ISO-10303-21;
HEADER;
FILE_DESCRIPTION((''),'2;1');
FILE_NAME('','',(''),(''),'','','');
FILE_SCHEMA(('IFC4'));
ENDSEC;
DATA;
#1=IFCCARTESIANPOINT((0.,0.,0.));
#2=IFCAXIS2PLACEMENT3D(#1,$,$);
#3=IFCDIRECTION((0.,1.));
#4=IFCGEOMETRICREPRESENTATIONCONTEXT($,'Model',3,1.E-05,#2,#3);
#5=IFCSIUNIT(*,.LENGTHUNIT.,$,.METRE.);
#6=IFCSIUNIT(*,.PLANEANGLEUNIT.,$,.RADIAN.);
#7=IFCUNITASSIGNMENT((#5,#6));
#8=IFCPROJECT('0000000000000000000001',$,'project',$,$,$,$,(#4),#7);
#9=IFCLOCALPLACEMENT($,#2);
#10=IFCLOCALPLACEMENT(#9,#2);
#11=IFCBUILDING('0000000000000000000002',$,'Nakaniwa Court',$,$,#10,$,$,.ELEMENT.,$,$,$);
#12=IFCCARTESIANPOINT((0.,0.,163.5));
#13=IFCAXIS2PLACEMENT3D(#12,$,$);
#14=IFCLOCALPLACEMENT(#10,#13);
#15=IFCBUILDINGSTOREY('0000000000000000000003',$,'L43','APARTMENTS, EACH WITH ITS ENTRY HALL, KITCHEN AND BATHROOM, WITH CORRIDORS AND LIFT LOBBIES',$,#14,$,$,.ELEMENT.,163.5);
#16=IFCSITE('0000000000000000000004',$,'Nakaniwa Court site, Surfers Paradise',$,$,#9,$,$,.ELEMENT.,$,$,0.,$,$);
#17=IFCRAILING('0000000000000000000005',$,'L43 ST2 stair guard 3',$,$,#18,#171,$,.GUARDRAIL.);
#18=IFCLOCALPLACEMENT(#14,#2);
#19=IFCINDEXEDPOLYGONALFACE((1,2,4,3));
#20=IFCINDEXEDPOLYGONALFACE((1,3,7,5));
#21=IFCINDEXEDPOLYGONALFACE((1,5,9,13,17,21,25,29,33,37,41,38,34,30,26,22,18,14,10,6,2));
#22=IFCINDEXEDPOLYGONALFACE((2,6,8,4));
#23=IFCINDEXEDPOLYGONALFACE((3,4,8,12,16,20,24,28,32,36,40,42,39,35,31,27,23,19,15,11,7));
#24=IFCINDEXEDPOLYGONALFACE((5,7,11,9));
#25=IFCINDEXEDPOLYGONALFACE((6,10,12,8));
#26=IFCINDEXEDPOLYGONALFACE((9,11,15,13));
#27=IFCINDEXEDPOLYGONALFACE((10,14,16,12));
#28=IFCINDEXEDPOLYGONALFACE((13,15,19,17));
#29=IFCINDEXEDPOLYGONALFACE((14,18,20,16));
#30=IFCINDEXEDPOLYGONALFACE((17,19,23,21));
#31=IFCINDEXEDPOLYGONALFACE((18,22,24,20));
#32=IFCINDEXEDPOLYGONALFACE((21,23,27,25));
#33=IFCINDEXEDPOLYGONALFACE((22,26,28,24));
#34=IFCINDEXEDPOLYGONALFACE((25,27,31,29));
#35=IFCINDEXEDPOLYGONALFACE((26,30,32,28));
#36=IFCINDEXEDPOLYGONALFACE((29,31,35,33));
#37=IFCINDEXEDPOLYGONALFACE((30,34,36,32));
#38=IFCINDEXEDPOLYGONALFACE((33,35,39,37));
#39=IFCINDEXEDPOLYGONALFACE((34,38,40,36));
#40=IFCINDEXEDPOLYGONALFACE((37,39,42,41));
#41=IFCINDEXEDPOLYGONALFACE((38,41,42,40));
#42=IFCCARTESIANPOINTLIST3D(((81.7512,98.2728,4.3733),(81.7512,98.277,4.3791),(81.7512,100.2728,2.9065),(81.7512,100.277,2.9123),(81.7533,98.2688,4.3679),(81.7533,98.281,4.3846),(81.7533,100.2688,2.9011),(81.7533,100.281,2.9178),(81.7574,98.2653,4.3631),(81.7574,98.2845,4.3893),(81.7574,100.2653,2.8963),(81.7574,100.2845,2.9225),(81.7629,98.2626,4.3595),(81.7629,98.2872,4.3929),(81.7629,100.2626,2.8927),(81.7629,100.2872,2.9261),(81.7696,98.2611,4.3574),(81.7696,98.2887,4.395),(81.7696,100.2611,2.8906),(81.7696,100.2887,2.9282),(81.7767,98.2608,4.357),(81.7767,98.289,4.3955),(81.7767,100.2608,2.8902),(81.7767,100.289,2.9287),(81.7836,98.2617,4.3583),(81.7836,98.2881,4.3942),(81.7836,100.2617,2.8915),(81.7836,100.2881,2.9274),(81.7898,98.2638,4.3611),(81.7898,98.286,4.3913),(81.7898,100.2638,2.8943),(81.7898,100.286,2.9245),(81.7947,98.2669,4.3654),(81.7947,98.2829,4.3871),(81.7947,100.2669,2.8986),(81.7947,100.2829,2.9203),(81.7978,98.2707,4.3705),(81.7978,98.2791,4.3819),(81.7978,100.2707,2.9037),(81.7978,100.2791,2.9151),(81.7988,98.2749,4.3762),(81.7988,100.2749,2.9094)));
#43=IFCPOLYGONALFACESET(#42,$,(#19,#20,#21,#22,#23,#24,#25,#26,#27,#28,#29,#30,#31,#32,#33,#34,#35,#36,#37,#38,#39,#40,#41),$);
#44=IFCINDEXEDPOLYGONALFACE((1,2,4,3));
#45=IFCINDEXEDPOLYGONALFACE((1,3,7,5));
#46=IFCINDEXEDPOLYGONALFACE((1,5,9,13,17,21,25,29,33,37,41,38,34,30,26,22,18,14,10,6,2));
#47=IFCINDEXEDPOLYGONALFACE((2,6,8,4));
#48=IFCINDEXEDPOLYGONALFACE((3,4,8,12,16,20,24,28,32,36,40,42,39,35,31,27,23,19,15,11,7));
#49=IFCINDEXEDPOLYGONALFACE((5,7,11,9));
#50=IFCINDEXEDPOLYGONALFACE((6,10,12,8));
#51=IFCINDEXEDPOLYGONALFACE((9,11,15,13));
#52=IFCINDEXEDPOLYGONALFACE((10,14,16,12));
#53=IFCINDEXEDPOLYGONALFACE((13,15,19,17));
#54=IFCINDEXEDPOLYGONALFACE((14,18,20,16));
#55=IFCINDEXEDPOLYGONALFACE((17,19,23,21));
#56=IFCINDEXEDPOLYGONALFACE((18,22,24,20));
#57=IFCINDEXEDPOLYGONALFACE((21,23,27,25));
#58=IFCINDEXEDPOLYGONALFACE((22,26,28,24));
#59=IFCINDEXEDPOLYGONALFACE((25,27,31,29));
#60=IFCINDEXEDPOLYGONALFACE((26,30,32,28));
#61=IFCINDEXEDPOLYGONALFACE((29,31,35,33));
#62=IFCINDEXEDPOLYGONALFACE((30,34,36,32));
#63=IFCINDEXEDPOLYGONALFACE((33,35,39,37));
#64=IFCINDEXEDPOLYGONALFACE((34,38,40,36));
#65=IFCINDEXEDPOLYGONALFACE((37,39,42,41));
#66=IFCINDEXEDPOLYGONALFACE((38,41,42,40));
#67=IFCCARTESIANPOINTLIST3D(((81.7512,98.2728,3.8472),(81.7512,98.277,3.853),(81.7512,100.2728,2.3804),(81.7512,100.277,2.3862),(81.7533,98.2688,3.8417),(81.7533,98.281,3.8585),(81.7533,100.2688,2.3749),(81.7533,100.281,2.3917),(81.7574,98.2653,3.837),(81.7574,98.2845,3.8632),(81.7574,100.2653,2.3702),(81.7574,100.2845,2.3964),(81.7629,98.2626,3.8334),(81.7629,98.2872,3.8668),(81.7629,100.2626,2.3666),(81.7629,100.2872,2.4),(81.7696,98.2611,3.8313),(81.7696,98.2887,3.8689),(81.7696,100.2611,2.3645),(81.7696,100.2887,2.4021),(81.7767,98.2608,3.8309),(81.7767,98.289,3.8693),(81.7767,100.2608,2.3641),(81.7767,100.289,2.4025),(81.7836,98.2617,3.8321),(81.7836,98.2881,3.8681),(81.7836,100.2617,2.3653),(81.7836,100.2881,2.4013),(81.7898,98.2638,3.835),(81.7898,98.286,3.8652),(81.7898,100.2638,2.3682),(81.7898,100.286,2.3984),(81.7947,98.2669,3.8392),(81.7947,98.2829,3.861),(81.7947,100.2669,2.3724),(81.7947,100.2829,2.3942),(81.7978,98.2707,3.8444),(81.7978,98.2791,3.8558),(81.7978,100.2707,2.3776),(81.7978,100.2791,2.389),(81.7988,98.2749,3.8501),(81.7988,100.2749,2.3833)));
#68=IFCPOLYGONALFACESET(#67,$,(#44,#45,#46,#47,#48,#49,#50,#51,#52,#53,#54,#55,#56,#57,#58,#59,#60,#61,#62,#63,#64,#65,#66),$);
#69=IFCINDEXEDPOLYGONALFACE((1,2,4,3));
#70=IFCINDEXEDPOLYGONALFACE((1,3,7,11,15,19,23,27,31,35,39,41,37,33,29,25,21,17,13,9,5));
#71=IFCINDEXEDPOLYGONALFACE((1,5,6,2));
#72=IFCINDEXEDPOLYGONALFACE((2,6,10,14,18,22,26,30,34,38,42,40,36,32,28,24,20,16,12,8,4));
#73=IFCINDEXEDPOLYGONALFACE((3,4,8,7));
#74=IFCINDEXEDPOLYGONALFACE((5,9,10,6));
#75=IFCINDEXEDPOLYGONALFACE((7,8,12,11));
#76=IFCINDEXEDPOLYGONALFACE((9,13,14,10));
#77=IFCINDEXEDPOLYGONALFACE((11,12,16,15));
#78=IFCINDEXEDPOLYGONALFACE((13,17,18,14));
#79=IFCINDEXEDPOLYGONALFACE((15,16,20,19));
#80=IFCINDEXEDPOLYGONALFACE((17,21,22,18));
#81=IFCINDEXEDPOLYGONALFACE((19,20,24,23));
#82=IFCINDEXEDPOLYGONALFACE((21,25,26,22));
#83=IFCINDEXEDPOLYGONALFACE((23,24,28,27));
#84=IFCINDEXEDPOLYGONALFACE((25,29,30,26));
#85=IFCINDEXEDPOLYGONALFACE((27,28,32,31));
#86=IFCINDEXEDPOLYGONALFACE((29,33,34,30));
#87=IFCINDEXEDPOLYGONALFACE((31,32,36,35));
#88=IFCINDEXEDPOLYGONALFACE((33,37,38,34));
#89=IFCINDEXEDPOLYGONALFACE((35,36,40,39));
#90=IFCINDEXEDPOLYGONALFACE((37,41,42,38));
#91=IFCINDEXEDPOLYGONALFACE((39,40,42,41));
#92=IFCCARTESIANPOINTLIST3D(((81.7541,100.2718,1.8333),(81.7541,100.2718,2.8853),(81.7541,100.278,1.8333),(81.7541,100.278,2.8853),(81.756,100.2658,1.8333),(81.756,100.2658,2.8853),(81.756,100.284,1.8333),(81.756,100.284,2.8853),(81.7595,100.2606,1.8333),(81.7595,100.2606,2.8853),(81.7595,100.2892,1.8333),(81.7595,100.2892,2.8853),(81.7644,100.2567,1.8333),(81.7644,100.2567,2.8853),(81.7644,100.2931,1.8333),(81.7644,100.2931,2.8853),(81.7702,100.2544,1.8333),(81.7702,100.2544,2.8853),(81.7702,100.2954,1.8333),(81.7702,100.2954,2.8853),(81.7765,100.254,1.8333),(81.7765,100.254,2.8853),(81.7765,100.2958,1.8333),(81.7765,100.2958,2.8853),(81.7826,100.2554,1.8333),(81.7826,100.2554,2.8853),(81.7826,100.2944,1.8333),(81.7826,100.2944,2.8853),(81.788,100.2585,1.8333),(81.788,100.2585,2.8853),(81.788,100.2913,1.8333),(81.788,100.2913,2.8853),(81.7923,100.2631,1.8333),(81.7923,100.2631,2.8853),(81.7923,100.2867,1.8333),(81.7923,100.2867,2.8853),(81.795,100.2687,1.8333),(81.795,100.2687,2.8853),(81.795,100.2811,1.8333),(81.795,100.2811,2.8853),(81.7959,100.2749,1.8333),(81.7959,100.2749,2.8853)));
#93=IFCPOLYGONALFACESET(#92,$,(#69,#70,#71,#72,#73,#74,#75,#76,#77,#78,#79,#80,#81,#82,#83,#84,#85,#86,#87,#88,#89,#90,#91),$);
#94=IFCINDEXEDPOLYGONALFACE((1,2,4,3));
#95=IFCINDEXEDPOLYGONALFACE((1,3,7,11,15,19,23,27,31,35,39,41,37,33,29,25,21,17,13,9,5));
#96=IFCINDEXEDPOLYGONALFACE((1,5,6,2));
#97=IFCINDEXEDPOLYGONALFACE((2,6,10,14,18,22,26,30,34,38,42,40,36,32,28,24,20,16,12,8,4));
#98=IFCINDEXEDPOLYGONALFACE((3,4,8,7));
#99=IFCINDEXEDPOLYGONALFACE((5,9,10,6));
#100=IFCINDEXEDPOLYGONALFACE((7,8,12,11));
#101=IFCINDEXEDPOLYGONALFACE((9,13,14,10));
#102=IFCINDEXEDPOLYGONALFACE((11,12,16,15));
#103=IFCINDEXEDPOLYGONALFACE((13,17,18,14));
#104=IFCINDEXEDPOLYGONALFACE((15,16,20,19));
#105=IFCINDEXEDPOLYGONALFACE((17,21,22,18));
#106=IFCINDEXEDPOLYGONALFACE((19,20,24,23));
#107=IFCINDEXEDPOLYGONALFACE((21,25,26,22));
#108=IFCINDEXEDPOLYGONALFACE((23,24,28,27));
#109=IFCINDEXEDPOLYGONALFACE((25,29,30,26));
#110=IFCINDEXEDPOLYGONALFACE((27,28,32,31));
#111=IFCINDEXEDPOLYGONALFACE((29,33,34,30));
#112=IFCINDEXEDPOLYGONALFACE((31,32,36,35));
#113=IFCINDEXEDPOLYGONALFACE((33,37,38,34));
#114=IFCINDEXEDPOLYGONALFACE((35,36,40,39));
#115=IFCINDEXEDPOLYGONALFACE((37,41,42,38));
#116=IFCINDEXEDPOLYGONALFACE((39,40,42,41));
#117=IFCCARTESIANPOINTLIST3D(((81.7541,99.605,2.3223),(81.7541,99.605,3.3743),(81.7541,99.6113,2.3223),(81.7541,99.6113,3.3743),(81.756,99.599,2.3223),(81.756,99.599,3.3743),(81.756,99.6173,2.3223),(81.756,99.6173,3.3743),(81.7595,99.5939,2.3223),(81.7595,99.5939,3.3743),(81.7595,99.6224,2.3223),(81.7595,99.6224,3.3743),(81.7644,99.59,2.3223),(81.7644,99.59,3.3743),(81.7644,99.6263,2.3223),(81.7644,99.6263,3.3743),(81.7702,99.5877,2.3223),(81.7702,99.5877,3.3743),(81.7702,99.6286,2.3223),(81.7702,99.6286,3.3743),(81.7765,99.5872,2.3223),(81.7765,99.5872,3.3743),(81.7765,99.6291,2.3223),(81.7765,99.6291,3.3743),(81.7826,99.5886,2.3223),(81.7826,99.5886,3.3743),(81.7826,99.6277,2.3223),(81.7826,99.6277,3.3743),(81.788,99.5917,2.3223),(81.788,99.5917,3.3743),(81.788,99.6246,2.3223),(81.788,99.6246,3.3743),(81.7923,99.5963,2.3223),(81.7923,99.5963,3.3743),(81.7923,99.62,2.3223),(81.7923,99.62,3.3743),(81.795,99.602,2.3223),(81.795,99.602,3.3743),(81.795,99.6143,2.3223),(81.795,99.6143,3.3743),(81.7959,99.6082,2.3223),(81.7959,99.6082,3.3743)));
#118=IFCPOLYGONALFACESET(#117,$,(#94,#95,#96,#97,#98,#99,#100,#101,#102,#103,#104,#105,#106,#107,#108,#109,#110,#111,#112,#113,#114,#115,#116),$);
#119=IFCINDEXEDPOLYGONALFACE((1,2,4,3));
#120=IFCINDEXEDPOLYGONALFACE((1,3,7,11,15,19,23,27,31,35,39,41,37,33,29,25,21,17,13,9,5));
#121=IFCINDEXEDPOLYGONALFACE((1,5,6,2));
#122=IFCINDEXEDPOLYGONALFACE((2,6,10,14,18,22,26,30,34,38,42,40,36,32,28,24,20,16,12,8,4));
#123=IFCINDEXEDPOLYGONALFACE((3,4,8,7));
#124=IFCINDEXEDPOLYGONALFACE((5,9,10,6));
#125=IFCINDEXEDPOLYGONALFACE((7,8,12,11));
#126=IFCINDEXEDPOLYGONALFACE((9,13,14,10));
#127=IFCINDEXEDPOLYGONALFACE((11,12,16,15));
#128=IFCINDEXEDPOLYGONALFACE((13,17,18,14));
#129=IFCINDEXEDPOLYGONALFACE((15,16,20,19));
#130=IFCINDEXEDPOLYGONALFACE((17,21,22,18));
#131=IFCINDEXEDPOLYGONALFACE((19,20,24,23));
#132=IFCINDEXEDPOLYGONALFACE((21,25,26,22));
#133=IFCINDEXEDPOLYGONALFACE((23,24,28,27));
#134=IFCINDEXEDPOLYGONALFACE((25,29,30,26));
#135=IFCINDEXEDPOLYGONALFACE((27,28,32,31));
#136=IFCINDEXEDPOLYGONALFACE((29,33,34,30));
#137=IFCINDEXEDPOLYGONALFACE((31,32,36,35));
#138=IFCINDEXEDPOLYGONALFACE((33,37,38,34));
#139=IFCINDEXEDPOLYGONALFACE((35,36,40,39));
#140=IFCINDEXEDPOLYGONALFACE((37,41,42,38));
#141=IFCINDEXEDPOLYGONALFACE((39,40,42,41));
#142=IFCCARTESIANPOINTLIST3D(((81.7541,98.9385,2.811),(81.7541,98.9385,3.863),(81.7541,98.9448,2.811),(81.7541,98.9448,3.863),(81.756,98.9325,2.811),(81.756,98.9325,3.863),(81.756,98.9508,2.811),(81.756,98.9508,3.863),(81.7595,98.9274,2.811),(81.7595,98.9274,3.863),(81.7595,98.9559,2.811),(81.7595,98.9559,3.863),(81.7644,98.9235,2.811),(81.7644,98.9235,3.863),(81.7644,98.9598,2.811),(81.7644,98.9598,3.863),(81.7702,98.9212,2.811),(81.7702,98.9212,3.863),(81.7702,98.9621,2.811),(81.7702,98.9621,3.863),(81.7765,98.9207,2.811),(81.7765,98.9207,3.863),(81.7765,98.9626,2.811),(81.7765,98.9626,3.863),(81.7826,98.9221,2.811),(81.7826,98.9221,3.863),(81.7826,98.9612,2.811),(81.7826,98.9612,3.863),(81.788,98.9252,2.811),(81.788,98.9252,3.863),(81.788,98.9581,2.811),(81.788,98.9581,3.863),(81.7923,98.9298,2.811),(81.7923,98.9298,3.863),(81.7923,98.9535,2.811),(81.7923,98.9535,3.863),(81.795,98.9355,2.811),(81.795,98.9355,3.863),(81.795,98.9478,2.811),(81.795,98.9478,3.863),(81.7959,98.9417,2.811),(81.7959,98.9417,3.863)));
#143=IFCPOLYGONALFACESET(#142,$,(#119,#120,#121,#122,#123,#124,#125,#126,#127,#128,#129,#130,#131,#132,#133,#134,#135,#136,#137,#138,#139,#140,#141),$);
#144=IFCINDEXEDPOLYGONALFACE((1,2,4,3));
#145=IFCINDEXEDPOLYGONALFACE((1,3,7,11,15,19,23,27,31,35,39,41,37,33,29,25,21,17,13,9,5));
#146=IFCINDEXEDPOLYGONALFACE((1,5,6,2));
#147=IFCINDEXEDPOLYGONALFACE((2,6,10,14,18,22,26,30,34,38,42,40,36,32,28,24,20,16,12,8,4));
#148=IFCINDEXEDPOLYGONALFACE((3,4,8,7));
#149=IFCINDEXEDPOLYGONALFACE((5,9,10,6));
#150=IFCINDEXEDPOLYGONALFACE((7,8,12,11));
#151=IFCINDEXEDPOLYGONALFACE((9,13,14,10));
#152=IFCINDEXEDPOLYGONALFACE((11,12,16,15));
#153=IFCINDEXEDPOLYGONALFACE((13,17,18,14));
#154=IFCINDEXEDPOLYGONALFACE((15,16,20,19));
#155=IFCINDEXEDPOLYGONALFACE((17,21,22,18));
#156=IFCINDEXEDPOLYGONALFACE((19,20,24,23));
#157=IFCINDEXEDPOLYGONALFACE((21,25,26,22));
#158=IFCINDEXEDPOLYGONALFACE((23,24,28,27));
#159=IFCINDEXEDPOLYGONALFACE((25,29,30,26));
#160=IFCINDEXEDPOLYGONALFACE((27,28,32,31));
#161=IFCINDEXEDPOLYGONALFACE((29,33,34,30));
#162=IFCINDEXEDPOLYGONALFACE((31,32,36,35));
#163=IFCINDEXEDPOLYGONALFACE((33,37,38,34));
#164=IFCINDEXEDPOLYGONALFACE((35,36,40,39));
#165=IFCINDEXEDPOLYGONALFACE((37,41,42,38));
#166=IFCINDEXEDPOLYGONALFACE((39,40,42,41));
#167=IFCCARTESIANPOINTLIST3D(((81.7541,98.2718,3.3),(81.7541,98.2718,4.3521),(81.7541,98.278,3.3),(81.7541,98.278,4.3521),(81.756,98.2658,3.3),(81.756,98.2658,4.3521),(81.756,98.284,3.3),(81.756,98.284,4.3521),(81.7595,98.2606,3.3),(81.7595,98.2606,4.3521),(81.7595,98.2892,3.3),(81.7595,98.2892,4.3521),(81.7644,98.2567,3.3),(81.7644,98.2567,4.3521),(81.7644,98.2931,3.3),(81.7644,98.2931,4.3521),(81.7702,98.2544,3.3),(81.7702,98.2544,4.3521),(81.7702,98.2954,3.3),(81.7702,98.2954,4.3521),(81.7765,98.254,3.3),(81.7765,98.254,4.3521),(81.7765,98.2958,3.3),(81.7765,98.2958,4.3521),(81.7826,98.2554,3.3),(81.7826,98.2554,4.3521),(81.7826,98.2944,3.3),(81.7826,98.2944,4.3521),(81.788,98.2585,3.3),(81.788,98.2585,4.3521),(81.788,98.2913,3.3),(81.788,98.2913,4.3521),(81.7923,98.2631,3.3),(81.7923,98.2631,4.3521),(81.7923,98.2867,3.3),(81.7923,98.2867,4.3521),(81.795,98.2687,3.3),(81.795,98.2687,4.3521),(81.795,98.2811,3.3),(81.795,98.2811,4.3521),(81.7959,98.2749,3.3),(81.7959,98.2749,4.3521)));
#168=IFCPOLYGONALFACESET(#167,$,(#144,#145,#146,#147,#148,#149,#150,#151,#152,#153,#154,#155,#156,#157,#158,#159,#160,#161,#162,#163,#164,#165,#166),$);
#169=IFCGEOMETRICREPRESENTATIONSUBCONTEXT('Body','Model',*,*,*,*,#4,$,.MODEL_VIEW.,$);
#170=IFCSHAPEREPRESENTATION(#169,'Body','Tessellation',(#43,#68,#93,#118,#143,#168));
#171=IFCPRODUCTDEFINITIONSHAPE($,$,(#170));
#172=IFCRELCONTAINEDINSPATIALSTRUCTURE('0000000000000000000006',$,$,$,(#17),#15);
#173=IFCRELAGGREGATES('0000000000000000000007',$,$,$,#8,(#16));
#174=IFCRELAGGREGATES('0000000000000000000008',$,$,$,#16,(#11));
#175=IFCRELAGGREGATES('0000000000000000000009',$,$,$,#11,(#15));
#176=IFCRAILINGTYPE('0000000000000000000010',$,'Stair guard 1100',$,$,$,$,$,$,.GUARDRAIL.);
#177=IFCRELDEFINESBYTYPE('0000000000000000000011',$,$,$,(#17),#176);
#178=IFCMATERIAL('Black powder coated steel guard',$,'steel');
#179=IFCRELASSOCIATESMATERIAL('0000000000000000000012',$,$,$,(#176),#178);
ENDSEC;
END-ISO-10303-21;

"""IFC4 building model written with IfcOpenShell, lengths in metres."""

from ifc_helpers import new_model, si_unit, direction, frame, origin, origin_2d, place, context, subcontext, project, spatial, circle, extrude, material, type_object, element, save


model = new_model("IFC4")

# Units and contexts
model_context = context("Model", 3, precision=1e-05, world=origin(), true_north=direction((0.0, 1.0)))
body_context = subcontext(model_context, "Body", "Model", "MODEL_VIEW")
ifc_project = project(units=[si_unit("LENGTHUNIT", "METRE"), si_unit("PLANEANGLEUNIT", "RADIAN")], contexts=[model_context])

# Site, building, storey
site_placement = place(None, origin())
site = spatial("IfcSite", under=ifc_project, at=site_placement, Name="Nakaniwa Court site, Surfers Paradise", CompositionType="ELEMENT", RefElevation=0.0)
building_placement = place(site_placement, origin())
building = spatial("IfcBuilding", under=site, at=building_placement, Name="Nakaniwa Court", CompositionType="ELEMENT")
storey_placement = place(building_placement, frame((0.0, 0.0, 163.5)))
storey = spatial("IfcBuildingStorey", under=building, at=storey_placement, Name="L43", Description="APARTMENTS, EACH WITH ITS ENTRY HALL, KITCHEN AND BATHROOM, WITH CORRIDORS AND LIFT LOBBIES", CompositionType="ELEMENT", Elevation=163.5)

# Railing
ifc_material_1 = material(Name="Black powder coated steel guard", Category="steel")
railing_type_1 = type_object("IfcRailingType", Name="Stair guard 1100", PredefinedType="GUARDRAIL", material=ifc_material_1)
railing_1_placement = place(storey_placement, frame((81.7749, 100.2749, 1.8333)))
element("IfcRailing", 1, at=railing_1_placement, inside=storey, type_object=railing_type_1, Name="L43 ST2 stair guard 3", PredefinedType="GUARDRAIL", context=body_context, shape_type="SweptSolid", body=[
    extrude(circle(Radius=0.0239, at=origin_2d()), frame((0.0, 0.0, 1.0762), z_axis=(0.0, -0.80638, 0.591398), x_axis=(1.0, 0.0, 0.0)), (0.0, 0.0, 1.0), 2.4802),
    extrude(circle(Radius=0.0239, at=origin_2d()), frame((0.0, 0.0, 0.55), z_axis=(0.0, -0.80638, 0.591398), x_axis=(1.0, 0.0, 0.0)), (0.0, 0.0, 1.0), 2.4802),
    extrude(circle(Radius=0.021, at=origin_2d()), origin(), (0.0, 0.0, 1.0), 1.052),
    extrude(circle(Radius=0.021, at=origin_2d()), frame((0.0, -0.6667, 0.489)), (0.0, 0.0, 1.0), 1.052),
    extrude(circle(Radius=0.021, at=origin_2d()), frame((0.0, -1.3333, 0.9778)), (0.0, 0.0, 1.0), 1.052),
    extrude(circle(Radius=0.021, at=origin_2d()), frame((0.0, -2.0, 1.4668)), (0.0, 0.0, 1.0), 1.052),
])

save(model, "model.ifc")
